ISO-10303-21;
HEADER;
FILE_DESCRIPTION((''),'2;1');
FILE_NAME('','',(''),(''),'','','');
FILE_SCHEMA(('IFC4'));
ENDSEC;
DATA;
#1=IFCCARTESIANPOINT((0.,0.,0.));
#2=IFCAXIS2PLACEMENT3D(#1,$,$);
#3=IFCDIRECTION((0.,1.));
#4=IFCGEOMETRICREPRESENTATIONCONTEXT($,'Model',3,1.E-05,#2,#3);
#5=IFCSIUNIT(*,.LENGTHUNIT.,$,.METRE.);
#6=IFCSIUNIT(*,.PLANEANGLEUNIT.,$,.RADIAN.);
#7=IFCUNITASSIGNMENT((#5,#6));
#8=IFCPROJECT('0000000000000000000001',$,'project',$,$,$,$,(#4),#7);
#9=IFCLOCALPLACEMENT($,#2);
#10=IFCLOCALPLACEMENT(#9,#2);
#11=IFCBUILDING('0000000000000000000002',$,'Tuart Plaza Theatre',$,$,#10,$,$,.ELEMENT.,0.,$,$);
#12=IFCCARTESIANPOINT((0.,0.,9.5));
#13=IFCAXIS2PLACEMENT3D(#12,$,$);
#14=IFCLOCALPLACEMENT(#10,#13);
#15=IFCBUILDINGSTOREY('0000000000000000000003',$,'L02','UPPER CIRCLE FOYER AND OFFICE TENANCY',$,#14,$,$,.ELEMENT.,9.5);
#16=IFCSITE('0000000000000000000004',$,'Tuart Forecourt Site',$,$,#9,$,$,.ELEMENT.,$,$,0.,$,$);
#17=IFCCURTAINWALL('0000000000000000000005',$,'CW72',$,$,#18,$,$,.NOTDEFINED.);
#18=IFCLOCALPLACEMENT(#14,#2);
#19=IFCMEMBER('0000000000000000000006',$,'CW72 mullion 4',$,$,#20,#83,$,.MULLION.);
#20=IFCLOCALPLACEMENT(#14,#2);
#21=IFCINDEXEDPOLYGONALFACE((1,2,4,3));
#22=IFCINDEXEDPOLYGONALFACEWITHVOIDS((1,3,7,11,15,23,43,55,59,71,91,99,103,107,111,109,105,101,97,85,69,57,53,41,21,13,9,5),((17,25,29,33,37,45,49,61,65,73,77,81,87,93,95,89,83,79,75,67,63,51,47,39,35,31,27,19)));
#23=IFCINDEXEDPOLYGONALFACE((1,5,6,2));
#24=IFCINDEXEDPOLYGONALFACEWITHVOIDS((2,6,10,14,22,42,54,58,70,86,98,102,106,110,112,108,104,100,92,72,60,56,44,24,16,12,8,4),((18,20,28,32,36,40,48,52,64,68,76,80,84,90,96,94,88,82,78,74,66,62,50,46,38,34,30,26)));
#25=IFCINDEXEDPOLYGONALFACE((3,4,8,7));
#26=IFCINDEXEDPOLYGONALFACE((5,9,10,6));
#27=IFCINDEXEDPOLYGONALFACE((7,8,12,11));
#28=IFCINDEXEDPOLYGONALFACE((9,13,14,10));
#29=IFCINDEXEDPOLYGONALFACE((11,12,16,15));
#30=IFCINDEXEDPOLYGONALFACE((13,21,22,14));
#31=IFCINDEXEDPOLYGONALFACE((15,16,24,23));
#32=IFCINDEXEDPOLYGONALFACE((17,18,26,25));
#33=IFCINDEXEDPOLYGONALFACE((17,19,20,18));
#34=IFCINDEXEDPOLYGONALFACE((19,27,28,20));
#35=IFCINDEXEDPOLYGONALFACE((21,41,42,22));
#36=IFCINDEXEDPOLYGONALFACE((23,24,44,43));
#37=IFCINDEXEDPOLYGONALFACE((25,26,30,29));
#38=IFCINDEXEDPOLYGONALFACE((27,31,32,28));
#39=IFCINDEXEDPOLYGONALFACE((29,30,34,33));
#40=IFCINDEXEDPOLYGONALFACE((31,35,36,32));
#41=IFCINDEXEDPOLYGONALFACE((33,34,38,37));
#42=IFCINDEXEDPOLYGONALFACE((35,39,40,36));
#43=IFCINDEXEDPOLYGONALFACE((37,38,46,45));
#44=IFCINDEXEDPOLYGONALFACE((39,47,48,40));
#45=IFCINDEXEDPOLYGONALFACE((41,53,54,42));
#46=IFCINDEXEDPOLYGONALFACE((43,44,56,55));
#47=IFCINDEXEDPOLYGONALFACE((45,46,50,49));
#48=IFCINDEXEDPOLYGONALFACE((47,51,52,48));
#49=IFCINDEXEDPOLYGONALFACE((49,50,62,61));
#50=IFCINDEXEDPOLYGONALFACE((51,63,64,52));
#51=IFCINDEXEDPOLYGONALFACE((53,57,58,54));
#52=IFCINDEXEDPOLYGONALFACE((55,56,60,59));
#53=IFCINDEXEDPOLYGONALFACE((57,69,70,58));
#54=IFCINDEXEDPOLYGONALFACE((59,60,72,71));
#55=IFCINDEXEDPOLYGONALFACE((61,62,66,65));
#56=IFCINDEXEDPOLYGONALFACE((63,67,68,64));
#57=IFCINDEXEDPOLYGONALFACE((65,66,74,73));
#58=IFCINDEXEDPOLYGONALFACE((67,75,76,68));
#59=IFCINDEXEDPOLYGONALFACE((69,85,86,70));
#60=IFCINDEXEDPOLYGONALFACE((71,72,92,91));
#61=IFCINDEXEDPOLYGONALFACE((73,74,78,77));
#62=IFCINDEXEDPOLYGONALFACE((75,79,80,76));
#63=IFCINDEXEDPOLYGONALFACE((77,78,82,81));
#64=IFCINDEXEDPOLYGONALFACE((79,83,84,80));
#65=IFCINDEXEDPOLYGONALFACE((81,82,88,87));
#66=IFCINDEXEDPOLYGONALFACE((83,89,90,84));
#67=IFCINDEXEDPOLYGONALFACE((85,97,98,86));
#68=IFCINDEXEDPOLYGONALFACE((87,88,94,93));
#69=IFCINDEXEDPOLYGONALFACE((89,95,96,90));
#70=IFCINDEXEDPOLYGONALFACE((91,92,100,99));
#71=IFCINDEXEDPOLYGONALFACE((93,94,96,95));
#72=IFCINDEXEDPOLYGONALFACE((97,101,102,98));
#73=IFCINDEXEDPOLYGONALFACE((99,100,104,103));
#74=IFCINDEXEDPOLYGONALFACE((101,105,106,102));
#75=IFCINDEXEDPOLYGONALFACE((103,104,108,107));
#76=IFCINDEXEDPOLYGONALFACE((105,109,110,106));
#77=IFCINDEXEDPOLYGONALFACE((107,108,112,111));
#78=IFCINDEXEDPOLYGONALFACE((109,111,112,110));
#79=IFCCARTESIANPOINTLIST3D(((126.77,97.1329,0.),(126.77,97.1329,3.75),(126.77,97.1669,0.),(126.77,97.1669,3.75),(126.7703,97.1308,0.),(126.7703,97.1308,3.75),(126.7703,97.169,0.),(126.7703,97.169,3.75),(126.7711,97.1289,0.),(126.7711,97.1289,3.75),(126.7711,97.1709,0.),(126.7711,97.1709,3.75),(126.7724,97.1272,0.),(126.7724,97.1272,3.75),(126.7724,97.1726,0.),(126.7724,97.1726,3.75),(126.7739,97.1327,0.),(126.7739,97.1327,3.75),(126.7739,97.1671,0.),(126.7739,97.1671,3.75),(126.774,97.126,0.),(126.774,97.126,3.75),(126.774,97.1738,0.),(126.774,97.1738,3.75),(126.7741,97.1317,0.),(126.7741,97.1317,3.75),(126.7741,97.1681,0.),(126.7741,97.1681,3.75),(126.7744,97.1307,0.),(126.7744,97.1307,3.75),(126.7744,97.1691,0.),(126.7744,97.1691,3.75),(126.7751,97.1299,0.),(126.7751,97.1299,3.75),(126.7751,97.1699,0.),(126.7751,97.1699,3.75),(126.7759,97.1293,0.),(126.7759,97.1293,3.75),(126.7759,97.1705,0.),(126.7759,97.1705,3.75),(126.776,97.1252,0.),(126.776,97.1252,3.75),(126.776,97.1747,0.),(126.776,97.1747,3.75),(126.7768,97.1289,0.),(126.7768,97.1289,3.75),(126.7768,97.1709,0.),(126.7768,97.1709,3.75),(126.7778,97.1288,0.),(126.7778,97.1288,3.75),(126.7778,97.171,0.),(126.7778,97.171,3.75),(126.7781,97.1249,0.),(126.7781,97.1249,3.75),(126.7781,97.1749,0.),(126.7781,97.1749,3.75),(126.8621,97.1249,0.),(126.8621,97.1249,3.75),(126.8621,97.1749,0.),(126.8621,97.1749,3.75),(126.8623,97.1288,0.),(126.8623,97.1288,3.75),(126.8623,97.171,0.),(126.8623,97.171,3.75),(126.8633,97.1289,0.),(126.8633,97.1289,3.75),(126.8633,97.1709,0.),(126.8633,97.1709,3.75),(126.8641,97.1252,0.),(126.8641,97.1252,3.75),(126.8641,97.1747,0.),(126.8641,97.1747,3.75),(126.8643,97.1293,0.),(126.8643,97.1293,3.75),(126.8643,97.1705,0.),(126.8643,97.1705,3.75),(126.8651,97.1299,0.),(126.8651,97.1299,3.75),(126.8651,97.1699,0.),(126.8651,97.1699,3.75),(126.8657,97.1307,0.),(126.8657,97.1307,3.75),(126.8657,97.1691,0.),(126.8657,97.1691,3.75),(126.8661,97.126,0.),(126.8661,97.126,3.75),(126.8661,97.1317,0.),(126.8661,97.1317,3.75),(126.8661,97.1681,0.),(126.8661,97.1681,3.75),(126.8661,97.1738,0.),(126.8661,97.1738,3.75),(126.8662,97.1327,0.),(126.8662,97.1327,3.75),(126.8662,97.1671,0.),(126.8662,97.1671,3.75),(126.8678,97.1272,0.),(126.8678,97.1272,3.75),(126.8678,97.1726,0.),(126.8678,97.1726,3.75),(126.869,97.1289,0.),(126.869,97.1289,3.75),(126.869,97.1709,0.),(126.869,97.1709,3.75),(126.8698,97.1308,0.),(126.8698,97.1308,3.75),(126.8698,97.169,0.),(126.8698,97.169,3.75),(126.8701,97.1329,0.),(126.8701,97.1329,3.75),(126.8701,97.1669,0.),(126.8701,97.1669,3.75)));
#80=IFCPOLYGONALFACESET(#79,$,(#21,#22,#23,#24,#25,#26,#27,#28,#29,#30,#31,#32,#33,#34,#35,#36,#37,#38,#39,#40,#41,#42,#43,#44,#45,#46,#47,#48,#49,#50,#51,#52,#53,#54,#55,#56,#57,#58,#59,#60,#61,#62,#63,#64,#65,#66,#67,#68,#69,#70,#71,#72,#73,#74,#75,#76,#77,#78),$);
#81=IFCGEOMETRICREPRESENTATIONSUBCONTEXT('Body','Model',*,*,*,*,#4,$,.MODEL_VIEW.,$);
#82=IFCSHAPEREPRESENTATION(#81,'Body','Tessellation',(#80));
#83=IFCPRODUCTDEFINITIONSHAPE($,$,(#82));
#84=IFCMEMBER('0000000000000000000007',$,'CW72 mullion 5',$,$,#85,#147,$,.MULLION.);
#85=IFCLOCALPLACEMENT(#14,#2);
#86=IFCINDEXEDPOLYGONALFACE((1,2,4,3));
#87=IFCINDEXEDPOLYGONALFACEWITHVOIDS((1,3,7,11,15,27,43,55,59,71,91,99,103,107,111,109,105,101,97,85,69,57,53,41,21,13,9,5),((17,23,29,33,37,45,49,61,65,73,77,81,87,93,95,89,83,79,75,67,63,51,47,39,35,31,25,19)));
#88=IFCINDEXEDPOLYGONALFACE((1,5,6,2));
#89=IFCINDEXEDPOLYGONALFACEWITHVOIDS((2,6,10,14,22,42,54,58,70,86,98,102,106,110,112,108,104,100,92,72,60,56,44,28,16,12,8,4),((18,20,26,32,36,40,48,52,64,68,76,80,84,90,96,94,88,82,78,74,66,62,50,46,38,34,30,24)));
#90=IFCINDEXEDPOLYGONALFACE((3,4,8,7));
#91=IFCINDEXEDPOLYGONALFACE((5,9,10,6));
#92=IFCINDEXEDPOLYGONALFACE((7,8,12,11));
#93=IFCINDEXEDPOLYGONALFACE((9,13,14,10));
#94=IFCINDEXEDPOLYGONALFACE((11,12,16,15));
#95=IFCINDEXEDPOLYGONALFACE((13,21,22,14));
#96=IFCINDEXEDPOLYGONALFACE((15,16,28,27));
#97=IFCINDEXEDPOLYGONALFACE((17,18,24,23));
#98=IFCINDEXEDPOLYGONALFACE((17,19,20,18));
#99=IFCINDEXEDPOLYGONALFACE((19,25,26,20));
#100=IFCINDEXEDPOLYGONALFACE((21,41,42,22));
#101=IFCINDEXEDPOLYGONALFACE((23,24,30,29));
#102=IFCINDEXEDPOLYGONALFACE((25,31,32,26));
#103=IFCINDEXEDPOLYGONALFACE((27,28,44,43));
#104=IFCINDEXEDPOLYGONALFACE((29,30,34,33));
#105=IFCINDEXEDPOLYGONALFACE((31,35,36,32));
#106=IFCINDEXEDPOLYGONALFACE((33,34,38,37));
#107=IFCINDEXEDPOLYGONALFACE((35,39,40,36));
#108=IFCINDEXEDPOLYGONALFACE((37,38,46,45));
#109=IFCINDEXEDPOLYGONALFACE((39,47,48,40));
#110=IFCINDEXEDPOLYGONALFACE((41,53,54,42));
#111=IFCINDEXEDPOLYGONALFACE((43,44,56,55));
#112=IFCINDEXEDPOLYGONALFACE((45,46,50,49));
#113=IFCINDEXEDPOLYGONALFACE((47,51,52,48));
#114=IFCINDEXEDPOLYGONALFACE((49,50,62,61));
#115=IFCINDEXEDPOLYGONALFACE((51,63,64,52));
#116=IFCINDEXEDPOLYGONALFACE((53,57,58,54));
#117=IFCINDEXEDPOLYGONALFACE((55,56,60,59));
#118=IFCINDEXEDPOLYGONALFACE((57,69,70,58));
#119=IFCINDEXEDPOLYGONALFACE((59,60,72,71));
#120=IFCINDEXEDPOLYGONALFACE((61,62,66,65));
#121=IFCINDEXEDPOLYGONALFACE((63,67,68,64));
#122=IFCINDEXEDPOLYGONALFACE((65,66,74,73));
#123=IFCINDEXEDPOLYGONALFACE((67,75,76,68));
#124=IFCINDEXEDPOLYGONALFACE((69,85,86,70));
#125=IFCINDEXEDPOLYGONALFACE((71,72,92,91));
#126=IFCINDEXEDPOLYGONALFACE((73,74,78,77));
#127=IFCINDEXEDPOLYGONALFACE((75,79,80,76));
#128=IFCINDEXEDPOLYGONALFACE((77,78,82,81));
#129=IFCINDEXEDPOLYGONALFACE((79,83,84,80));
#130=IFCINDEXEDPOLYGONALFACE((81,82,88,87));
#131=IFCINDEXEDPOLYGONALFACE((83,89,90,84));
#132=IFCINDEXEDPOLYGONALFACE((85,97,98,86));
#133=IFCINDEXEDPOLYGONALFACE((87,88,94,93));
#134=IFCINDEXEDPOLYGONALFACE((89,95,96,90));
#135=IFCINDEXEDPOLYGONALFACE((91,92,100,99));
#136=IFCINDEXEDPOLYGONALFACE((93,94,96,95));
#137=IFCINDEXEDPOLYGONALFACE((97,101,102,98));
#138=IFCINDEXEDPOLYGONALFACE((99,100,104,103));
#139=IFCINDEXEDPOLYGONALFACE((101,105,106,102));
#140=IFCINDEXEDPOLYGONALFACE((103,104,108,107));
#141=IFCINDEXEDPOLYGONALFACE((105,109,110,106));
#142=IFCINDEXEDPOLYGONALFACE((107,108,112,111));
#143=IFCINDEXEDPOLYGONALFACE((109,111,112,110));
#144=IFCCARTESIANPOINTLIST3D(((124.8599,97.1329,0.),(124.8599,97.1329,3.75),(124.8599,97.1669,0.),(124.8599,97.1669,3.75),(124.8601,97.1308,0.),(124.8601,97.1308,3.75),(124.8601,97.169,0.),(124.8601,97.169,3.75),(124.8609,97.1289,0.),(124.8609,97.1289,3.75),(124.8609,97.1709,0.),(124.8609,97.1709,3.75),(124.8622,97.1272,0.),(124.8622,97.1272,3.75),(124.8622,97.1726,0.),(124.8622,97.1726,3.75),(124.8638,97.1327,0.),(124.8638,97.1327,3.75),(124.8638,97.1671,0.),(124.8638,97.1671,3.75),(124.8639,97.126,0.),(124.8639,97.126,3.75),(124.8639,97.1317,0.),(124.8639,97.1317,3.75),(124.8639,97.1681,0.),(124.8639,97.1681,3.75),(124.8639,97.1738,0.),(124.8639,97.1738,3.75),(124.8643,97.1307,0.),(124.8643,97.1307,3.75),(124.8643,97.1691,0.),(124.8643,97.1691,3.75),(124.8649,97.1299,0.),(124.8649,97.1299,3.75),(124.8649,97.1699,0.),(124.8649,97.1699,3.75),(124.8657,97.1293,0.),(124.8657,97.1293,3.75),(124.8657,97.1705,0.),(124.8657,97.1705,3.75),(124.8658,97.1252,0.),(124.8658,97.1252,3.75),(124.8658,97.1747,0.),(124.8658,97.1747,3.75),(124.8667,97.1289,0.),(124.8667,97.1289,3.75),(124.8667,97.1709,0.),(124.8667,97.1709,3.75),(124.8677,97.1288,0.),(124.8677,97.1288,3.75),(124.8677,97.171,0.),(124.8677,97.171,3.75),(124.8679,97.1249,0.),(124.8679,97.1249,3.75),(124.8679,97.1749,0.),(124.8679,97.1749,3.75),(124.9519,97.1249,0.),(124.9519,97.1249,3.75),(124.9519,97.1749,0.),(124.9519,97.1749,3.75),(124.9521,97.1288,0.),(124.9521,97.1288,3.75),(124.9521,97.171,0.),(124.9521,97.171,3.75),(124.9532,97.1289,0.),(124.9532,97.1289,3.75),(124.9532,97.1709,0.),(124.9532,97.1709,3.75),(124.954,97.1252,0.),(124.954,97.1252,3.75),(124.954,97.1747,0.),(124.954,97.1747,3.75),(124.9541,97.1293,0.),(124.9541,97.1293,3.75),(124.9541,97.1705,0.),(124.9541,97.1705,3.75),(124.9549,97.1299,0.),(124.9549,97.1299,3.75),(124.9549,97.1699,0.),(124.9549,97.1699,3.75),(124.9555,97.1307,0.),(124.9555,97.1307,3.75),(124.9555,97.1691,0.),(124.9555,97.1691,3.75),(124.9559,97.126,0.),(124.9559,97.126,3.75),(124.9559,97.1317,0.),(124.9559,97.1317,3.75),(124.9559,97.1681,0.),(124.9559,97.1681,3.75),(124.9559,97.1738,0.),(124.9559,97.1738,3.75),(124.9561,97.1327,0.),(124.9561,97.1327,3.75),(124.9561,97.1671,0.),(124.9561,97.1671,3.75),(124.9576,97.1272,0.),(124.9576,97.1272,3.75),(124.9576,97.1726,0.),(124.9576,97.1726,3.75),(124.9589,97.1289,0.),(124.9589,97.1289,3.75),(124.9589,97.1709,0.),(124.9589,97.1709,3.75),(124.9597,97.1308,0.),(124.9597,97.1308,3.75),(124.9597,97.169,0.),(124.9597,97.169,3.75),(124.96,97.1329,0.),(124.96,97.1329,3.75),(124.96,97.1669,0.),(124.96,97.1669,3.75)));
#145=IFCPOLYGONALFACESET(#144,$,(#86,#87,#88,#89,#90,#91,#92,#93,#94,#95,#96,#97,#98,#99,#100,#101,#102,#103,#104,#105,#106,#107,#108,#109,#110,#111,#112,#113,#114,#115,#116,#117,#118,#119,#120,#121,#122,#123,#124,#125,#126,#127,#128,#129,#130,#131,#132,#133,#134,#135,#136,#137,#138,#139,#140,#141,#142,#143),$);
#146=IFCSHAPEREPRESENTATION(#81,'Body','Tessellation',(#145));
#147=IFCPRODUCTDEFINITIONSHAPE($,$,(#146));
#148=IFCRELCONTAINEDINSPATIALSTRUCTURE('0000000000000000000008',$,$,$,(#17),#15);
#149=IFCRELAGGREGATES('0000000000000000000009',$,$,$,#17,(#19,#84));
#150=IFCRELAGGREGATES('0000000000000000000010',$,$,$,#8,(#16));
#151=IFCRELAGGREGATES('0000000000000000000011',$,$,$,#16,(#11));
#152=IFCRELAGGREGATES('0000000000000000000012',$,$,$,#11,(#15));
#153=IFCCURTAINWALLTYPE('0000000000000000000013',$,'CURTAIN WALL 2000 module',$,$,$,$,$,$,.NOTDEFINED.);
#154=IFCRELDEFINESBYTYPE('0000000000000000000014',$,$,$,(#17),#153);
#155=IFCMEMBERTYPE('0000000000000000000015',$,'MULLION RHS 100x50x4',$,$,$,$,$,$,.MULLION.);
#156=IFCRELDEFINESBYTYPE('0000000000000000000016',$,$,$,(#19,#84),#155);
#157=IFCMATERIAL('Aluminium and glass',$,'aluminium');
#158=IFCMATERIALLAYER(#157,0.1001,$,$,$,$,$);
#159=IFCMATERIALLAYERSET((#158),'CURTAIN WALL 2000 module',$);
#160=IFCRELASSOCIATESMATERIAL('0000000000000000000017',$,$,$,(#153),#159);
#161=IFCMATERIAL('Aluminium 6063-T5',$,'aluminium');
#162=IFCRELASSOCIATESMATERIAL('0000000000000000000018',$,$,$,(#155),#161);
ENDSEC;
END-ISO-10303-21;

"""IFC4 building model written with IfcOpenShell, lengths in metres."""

from ifc_helpers import new_model, si_unit, direction, frame, origin, origin_2d, place, context, subcontext, project, spatial, hollow_rectangle, extrude, material, layer, layer_set, material_profile, profile_set, type_object, element, aggregate, save


model = new_model("IFC4")

# Units and contexts
model_context = context("Model", 3, precision=1e-05, world=origin(), true_north=direction((0.0, 1.0)))
body_context = subcontext(model_context, "Body", "Model", "MODEL_VIEW")
ifc_project = project(units=[si_unit("LENGTHUNIT", "METRE"), si_unit("PLANEANGLEUNIT", "RADIAN")], contexts=[model_context])

# Site, building, storey
site_placement = place(None, origin())
site = spatial("IfcSite", under=ifc_project, at=site_placement, Name="Tuart Forecourt Site", CompositionType="ELEMENT", RefElevation=0.0)
building_placement = place(site_placement, origin())
building = spatial("IfcBuilding", under=site, at=building_placement, Name="Tuart Plaza Theatre", CompositionType="ELEMENT", ElevationOfRefHeight=0.0)
storey_placement = place(building_placement, frame((0.0, 0.0, 9.5)))
storey = spatial("IfcBuildingStorey", under=building, at=storey_placement, Name="L02", Description="UPPER CIRCLE FOYER AND OFFICE TENANCY", CompositionType="ELEMENT", Elevation=9.5)

# Curtain wall, members
ifc_material_1 = material(Name="Aluminium and glass", Category="aluminium")
ifc_layer_1 = layer(ifc_material_1, 0.1001)
ifc_layer_set_1 = layer_set([ifc_layer_1], Name="CURTAIN WALL 2000 module")
curtain_wall_type = type_object("IfcCurtainWallType", Name="CURTAIN WALL 2000 module", PredefinedType="NOTDEFINED", material=ifc_layer_set_1)
curtain_wall_placement = place(storey_placement, origin())
curtain_wall = element("IfcCurtainWall", 1, at=curtain_wall_placement, inside=storey, type_object=curtain_wall_type, Name="CW72", PredefinedType="NOTDEFINED")
ifc_material_2 = material(Name="Aluminium 6063-T5", Category="aluminium")
ifc_material_profile_1 = material_profile(ifc_material_2, hollow_rectangle(XDim=0.05, YDim=0.1001, WallThickness=0.0039, InnerFilletRadius=0.0039, OuterFilletRadius=0.0081, at=origin_2d()), Name="RHS 100x50x4")
ifc_profile_set_1 = profile_set([ifc_material_profile_1], Name="Aluminium 6063-T5")
member_type_1 = type_object("IfcMemberType", Name="MULLION RHS 100x50x4", PredefinedType="MULLION", material=ifc_profile_set_1)
member_1_placement = place(storey_placement, frame((126.8201, 97.1499, 0.0), z_axis=(0.0, 0.0, 1.0), x_axis=(0.0, -1.0, 0.0)))
member_1 = element("IfcMember", 2, at=member_1_placement, type_object=member_type_1, Name="CW72 mullion 4", PredefinedType="MULLION", context=body_context, shape_type="SweptSolid", body=[
    extrude(hollow_rectangle(XDim=0.05, YDim=0.1001, WallThickness=0.0039, InnerFilletRadius=0.0039, OuterFilletRadius=0.0081, at=origin_2d()), origin(), (0.0, 0.0, 1.0), 3.75),
])
member_2_placement = place(storey_placement, frame((124.9099, 97.1499, 0.0), z_axis=(0.0, 0.0, 1.0), x_axis=(0.0, -1.0, 0.0)))
member_2 = element("IfcMember", 3, at=member_2_placement, type_object=member_type_1, Name="CW72 mullion 5", PredefinedType="MULLION", context=body_context, shape_type="SweptSolid", body=[
    extrude(hollow_rectangle(XDim=0.05, YDim=0.1001, WallThickness=0.0039, InnerFilletRadius=0.0039, OuterFilletRadius=0.0081, at=origin_2d()), origin(), (0.0, 0.0, 1.0), 3.75),
])
aggregate(curtain_wall, [member_1, member_2])

save(model, "model.ifc")
